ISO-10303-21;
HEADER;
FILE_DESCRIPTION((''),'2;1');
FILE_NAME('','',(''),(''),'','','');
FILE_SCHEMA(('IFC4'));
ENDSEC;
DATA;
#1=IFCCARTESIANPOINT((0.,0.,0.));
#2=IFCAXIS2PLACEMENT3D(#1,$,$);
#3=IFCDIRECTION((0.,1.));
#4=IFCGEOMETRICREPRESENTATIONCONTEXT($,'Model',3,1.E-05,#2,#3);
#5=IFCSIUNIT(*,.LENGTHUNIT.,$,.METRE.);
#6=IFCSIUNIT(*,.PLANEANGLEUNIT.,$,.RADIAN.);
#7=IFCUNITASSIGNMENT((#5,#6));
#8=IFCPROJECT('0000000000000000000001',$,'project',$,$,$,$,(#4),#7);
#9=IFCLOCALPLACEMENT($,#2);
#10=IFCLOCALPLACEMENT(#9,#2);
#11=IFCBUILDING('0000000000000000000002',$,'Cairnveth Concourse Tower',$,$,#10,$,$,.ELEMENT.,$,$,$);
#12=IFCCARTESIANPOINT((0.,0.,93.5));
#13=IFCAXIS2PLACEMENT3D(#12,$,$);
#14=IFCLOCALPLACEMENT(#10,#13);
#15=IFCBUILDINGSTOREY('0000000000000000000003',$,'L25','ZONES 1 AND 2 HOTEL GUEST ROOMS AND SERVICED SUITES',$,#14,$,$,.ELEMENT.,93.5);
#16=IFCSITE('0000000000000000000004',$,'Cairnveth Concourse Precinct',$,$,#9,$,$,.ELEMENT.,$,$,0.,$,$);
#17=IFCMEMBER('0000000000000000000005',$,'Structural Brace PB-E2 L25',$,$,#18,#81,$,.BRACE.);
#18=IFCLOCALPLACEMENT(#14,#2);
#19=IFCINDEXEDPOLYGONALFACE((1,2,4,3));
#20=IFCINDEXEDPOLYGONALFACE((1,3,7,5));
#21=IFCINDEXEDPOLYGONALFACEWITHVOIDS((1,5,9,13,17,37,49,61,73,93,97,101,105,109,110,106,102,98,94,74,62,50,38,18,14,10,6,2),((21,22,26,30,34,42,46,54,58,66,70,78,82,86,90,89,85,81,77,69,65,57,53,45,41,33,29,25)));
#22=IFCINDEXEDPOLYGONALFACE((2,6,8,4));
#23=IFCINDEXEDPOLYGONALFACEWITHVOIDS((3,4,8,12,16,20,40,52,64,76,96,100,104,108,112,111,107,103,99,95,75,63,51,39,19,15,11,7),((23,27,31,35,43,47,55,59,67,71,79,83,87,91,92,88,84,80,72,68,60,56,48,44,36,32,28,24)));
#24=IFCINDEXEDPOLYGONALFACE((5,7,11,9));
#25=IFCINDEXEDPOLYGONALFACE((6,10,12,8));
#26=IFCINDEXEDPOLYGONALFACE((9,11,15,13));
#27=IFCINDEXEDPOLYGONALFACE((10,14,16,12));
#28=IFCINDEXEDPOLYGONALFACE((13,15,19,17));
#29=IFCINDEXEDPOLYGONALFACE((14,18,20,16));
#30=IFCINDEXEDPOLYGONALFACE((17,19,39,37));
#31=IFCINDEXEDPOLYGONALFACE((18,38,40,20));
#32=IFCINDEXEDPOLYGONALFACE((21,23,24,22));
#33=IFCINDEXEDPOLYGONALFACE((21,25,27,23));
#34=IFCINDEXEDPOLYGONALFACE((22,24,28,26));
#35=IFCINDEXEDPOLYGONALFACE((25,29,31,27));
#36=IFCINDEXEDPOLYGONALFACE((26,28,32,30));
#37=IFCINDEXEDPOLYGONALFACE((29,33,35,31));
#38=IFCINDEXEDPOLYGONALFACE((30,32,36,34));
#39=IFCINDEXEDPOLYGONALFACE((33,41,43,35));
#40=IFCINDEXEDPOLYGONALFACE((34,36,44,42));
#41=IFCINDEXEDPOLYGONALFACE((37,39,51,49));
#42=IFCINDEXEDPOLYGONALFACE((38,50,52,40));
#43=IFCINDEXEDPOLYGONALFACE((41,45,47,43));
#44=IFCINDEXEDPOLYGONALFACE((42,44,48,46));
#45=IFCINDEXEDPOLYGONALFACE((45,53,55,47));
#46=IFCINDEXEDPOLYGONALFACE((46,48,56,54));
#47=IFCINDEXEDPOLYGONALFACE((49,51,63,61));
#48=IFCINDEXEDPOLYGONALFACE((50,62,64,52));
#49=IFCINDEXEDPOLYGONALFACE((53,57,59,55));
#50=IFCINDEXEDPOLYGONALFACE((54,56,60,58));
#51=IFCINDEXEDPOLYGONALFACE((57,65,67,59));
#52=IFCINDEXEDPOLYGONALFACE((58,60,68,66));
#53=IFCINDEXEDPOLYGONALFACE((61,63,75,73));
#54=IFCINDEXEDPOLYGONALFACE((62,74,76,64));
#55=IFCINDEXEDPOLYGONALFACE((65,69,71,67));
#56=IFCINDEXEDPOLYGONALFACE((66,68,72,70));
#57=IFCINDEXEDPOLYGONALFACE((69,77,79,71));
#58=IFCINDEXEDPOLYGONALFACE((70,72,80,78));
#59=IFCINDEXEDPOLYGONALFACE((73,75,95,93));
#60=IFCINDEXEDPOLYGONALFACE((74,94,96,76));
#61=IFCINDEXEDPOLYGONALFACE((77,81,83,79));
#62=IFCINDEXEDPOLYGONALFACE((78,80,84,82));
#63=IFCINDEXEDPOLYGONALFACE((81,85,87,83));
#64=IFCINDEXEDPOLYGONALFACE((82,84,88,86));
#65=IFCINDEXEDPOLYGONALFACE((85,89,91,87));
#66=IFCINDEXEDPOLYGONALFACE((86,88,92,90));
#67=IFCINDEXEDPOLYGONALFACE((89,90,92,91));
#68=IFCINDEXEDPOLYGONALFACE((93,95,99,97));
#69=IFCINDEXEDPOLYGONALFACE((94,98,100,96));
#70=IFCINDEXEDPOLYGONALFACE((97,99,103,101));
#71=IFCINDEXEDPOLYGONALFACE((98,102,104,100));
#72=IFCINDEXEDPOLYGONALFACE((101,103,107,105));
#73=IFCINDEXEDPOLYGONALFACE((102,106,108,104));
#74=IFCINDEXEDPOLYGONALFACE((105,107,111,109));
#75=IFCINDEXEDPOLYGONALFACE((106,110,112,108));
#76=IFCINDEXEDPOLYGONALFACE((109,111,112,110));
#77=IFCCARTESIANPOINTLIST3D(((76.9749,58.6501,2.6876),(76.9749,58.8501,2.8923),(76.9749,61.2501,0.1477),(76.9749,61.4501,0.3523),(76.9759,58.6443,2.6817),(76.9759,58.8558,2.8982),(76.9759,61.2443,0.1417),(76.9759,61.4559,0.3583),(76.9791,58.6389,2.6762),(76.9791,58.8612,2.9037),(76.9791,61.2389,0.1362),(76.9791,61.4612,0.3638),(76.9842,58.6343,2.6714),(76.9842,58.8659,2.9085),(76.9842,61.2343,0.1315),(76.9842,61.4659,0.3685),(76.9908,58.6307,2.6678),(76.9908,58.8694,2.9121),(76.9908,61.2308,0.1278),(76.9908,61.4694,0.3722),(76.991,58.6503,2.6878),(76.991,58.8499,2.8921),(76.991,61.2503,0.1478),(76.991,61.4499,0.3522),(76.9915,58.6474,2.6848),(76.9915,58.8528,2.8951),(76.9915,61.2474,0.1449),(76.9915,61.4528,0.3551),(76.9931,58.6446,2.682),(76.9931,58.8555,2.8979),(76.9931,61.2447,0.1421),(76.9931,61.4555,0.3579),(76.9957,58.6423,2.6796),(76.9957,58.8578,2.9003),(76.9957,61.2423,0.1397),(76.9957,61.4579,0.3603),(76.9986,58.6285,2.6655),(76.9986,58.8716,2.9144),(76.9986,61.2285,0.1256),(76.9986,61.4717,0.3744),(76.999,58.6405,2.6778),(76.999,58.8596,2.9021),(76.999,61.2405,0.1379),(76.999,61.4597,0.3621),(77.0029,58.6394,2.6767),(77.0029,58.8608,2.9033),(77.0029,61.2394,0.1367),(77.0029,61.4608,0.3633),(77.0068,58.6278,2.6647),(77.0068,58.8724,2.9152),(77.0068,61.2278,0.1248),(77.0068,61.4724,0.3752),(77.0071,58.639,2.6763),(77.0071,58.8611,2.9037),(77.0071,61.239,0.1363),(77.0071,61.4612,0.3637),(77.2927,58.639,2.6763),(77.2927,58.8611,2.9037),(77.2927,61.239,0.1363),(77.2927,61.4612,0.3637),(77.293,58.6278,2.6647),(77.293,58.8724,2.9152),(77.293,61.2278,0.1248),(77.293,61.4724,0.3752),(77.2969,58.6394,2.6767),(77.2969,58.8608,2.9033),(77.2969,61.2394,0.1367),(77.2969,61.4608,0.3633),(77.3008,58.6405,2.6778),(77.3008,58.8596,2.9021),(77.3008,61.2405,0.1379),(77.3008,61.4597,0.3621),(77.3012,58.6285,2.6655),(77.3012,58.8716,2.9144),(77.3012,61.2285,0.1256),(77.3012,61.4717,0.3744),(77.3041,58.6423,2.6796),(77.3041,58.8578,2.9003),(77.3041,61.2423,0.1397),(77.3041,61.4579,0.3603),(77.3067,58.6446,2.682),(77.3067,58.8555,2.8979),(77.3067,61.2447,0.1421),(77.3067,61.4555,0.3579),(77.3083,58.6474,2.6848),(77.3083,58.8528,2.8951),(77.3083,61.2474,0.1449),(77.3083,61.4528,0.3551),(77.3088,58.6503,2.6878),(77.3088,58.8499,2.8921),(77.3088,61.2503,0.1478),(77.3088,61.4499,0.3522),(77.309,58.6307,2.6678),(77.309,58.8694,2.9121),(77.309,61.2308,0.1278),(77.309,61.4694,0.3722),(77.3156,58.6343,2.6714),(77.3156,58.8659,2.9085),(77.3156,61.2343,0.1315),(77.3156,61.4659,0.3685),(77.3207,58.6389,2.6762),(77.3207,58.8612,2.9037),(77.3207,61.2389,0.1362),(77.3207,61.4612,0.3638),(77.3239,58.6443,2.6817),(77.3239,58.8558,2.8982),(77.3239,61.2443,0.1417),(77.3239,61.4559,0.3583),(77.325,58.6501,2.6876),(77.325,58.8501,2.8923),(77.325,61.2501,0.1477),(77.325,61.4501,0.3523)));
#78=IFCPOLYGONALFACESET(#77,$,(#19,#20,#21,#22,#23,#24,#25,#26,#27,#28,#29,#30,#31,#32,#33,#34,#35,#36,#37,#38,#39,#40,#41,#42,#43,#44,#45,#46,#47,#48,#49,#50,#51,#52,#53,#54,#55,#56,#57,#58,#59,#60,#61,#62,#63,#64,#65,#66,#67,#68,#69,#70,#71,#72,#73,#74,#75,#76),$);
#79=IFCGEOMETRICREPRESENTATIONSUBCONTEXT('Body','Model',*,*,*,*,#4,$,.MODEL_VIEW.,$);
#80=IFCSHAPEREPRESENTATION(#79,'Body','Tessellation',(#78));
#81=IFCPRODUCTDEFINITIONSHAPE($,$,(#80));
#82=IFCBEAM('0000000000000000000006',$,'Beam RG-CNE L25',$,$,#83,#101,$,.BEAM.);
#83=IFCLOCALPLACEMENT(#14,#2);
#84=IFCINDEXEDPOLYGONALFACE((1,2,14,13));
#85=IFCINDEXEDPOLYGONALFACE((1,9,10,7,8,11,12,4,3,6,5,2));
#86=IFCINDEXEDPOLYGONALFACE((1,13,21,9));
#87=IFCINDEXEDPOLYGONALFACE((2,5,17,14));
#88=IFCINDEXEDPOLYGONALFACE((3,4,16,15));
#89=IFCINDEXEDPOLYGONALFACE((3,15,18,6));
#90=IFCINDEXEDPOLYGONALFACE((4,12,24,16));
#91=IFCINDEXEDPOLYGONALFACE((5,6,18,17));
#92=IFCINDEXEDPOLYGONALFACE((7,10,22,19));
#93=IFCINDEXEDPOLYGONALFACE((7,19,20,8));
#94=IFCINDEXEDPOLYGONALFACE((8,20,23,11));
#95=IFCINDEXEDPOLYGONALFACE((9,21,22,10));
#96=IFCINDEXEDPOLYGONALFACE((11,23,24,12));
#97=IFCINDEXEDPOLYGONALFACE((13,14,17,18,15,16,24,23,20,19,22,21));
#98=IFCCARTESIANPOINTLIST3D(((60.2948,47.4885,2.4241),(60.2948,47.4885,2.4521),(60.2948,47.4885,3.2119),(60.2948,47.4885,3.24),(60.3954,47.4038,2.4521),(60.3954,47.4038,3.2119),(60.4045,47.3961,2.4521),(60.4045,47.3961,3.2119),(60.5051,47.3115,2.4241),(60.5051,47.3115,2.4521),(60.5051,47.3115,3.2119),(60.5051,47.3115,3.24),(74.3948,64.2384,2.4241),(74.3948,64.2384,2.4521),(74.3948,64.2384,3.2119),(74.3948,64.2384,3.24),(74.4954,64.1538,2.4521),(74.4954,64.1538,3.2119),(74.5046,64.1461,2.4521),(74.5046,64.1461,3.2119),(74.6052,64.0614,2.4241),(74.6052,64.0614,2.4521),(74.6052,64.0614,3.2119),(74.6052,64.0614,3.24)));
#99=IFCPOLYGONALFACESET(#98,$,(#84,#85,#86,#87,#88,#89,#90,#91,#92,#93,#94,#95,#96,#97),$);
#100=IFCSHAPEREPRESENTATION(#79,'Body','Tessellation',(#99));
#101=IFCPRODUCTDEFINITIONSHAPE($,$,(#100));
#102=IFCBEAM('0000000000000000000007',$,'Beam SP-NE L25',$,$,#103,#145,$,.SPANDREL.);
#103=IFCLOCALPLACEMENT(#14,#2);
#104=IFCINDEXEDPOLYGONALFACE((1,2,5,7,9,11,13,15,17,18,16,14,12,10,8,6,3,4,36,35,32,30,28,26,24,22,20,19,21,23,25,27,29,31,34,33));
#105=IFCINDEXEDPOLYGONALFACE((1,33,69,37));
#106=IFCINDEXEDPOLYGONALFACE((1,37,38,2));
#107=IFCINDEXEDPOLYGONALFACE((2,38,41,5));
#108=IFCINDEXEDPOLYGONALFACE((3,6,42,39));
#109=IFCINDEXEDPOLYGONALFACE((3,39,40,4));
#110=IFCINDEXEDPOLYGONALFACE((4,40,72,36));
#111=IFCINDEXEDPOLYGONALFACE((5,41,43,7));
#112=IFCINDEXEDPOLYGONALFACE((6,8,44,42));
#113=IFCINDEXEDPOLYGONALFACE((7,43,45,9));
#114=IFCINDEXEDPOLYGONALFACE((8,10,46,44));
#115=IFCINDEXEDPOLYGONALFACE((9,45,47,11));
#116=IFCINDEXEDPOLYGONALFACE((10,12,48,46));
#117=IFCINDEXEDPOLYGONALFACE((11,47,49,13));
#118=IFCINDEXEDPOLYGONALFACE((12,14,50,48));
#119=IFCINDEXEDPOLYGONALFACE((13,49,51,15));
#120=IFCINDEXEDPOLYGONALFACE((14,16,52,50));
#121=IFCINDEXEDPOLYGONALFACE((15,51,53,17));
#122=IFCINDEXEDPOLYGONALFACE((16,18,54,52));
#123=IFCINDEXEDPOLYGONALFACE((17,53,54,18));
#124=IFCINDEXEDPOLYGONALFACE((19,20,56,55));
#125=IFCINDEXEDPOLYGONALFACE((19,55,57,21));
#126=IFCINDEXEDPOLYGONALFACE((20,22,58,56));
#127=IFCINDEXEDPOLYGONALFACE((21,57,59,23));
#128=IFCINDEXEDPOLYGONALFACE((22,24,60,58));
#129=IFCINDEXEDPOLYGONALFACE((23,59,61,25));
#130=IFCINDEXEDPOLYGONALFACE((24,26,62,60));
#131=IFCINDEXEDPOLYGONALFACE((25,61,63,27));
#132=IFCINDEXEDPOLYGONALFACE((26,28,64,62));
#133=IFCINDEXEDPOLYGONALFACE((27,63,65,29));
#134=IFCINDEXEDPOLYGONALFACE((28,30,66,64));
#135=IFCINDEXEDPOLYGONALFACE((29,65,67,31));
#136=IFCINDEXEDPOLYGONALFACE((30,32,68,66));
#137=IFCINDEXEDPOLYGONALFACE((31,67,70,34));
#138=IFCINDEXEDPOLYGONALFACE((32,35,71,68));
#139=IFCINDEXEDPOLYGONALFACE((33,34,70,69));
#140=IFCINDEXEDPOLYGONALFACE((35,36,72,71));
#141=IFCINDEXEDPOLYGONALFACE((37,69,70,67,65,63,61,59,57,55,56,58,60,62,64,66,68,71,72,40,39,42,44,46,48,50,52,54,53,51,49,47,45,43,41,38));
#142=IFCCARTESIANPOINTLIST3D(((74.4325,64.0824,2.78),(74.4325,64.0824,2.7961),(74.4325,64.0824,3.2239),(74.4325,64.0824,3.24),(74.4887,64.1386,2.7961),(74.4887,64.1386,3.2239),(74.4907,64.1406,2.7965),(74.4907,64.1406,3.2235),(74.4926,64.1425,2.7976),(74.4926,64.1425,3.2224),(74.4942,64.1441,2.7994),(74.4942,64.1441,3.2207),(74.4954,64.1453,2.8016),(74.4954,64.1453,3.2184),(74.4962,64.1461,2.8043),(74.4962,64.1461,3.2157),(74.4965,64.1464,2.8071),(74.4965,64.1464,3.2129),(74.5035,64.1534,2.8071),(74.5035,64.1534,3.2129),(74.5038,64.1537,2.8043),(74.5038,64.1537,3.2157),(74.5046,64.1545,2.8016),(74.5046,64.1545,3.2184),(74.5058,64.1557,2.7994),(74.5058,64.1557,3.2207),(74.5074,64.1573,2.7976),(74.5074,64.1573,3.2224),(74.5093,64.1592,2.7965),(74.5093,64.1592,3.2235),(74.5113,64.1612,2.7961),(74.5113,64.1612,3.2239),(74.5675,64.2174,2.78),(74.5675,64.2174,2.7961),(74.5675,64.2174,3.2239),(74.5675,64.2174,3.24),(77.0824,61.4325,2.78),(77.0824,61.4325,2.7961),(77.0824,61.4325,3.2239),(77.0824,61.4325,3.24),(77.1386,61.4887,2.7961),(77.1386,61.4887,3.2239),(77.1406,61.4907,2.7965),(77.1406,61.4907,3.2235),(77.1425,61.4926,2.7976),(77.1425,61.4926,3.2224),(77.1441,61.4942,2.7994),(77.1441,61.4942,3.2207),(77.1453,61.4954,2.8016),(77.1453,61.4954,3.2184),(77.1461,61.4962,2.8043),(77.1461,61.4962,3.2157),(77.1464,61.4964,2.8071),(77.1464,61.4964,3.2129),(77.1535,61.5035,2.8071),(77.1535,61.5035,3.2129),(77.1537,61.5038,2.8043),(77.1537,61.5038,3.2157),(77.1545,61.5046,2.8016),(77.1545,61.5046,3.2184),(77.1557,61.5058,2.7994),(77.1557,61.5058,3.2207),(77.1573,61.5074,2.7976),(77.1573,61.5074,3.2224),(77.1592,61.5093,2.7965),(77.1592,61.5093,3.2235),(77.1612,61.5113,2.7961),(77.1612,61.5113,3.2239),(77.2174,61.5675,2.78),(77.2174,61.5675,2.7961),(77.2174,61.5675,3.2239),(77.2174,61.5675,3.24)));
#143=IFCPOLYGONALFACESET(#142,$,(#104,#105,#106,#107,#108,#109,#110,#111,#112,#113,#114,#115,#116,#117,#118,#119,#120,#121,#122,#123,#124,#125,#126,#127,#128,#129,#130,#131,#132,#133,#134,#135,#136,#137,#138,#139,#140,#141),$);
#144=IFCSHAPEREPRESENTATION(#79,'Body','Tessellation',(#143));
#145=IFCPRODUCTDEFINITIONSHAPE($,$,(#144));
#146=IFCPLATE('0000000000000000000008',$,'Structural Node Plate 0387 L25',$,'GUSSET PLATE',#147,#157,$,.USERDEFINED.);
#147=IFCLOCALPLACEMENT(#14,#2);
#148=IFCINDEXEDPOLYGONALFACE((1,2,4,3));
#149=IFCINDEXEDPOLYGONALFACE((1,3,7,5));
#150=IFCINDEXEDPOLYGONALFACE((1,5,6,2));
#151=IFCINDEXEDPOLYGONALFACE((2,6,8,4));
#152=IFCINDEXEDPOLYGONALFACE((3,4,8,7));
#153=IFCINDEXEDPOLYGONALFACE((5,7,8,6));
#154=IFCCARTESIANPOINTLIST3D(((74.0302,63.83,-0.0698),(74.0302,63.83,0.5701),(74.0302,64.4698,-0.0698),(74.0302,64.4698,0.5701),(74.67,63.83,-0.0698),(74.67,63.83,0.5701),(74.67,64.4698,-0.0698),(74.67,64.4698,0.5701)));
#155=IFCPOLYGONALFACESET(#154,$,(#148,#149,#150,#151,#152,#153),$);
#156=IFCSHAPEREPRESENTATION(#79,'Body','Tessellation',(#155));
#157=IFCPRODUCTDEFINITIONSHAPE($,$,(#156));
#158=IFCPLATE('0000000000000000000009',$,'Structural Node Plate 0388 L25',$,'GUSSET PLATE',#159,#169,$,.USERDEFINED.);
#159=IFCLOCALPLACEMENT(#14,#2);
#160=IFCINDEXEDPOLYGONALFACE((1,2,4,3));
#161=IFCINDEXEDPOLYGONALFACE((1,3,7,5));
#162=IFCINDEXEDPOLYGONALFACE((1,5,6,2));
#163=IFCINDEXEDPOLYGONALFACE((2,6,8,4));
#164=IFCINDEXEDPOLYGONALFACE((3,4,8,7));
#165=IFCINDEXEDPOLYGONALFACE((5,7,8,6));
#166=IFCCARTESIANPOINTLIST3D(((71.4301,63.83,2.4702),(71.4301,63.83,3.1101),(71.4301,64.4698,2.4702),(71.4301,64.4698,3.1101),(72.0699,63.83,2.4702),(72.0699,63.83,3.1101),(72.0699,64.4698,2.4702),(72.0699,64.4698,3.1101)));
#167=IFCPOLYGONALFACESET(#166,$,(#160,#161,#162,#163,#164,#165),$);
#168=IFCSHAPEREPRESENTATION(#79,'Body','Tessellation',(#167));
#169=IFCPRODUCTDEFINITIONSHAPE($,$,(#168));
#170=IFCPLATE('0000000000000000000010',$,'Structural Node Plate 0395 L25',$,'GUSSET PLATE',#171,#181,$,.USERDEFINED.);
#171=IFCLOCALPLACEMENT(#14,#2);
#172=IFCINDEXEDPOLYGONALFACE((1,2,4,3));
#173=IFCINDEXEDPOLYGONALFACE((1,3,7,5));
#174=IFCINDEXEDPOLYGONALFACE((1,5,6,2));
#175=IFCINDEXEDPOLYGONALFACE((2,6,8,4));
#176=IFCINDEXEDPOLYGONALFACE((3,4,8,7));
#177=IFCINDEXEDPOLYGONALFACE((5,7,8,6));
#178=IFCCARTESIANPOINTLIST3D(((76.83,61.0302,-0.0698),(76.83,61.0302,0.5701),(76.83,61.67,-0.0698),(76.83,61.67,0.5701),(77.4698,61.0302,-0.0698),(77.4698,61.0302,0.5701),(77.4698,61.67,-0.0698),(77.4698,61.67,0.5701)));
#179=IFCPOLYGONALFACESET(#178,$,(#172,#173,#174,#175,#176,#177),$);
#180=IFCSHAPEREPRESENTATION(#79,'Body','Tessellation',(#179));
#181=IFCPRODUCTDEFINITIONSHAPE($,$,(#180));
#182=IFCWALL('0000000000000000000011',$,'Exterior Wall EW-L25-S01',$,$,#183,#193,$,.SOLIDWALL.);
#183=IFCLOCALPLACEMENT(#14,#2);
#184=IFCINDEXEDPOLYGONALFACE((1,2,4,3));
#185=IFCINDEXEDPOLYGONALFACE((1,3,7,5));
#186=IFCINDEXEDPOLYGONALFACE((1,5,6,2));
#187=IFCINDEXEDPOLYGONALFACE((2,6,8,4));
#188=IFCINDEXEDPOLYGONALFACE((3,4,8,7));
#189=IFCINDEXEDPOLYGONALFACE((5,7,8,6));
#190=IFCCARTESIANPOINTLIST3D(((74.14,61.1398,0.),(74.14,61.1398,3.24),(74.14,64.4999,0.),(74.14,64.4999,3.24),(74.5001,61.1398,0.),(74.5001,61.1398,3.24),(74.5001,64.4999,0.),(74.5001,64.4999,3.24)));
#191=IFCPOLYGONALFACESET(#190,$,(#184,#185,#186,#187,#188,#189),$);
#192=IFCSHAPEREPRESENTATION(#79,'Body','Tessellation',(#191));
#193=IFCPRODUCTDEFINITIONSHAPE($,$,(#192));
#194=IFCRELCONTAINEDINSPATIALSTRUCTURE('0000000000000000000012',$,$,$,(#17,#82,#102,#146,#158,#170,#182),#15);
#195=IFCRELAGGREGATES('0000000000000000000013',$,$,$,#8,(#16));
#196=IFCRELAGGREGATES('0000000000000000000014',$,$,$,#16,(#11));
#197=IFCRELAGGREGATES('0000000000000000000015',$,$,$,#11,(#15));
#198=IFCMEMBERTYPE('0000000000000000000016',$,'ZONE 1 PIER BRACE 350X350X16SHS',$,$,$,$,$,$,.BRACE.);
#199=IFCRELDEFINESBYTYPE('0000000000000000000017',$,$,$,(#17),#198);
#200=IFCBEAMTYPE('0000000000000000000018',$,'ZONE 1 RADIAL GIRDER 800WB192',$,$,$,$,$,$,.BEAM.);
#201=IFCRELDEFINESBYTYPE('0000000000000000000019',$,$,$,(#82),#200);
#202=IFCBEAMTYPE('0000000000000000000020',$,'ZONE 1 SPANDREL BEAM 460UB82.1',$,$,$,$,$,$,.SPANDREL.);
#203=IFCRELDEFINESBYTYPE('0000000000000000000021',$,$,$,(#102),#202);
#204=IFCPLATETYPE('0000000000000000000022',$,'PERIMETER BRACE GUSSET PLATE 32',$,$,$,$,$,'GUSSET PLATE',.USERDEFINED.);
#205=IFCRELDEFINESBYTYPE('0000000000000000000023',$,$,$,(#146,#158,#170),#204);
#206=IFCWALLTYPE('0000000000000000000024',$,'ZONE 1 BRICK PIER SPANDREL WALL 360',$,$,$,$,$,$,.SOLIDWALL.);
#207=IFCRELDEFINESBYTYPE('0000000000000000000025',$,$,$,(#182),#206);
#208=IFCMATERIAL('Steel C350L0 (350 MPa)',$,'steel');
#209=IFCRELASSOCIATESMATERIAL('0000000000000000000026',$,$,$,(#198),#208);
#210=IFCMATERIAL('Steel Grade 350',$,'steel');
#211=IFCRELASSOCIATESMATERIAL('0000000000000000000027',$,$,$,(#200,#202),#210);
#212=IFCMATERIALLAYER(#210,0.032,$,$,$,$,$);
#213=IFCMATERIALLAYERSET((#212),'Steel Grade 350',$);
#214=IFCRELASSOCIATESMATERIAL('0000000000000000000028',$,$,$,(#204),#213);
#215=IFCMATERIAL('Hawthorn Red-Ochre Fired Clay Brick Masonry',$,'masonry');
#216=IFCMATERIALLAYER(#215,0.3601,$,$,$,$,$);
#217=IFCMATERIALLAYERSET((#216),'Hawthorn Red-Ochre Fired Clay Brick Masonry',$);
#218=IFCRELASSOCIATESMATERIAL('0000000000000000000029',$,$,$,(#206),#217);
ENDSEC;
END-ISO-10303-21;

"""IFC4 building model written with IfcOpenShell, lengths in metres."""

from ifc_helpers import new_model, si_unit, direction, frame, frame_2d, origin, origin_2d, place, context, subcontext, project, spatial, rectangle, hollow_rectangle, i_section, extrude, material, layer, layer_set, material_profile, profile_set, type_object, element, save


model = new_model("IFC4")

# Units and contexts
model_context = context("Model", 3, precision=1e-05, world=origin(), true_north=direction((0.0, 1.0)))
body_context = subcontext(model_context, "Body", "Model", "MODEL_VIEW")
ifc_project = project(units=[si_unit("LENGTHUNIT", "METRE"), si_unit("PLANEANGLEUNIT", "RADIAN")], contexts=[model_context])

# Site, building, storey
site_placement = place(None, origin())
site = spatial("IfcSite", under=ifc_project, at=site_placement, Name="Cairnveth Concourse Precinct", CompositionType="ELEMENT", RefElevation=0.0)
building_placement = place(site_placement, origin())
building = spatial("IfcBuilding", under=site, at=building_placement, Name="Cairnveth Concourse Tower", CompositionType="ELEMENT")
storey_placement = place(building_placement, frame((0.0, 0.0, 93.5)))
storey = spatial("IfcBuildingStorey", under=building, at=storey_placement, Name="L25", Description="ZONES 1 AND 2 HOTEL GUEST ROOMS AND SERVICED SUITES", CompositionType="ELEMENT", Elevation=93.5)

# Shared definitions
ifc_material_1 = material(Name="Steel Grade 350", Category="steel")

# Member
ifc_material_2 = material(Name="Steel C350L0 (350 MPa)", Category="steel")
ifc_material_profile_1 = material_profile(ifc_material_2, hollow_rectangle(XDim=0.3501, YDim=0.3501, WallThickness=0.0161, InnerFilletRadius=0.0161, OuterFilletRadius=0.032, at=origin_2d()), Name="350x350x16.0SHS")
ifc_profile_set_1 = profile_set([ifc_material_profile_1], Name="Steel C350L0 (350 MPa)")
member_type = type_object("IfcMemberType", Name="ZONE 1 PIER BRACE 350X350X16SHS", PredefinedType="BRACE", material=ifc_profile_set_1)
for number, where, z_axis, x_axis, name in (
    (1, (77.1499, 61.3501, 0.25), (0.0, -0.71532, 0.698797), (1.0, 0.0, 0.0), "Structural Brace PB-E2 L25"),
):
    element("IfcMember", number, at=place(storey_placement, frame(where, z_axis=z_axis, x_axis=x_axis)), inside=storey, type_object=member_type, Name=name, PredefinedType="BRACE", context=body_context, shape_type="SweptSolid", body=[
        extrude(hollow_rectangle(XDim=0.3501, YDim=0.3501, WallThickness=0.0161, InnerFilletRadius=0.0161, OuterFilletRadius=0.032, at=origin_2d()), origin(), (0.0, 0.0, 1.0), 3.6348),
    ])

# Beams
ifc_material_profile_2 = material_profile(ifc_material_1, i_section(OverallWidth=0.2749, OverallDepth=0.8159, WebThickness=0.012, FlangeThickness=0.0281, at=origin_2d()), Name="800WB192")
ifc_profile_set_2 = profile_set([ifc_material_profile_2], Name="Steel Grade 350")
beam_type_1 = type_object("IfcBeamType", Name="ZONE 1 RADIAL GIRDER 800WB192", PredefinedType="BEAM", material=ifc_profile_set_2)
beam_1_placement = place(storey_placement, frame((74.5, 64.1499, 2.832), z_axis=(-0.643998, -0.765027, 0.0), x_axis=(0.765027, -0.643998, 0.0)))
element("IfcBeam", 2, at=beam_1_placement, inside=storey, type_object=beam_type_1, Name="Beam RG-CNE L25", PredefinedType="BEAM", context=body_context, shape_type="SweptSolid", body=[
    extrude(i_section(OverallWidth=0.2749, OverallDepth=0.8159, WebThickness=0.012, FlangeThickness=0.0281, at=origin_2d()), origin(), (0.0, 0.0, 1.0), 21.8945),
])
ifc_material_profile_3 = material_profile(ifc_material_1, i_section(OverallWidth=0.1909, OverallDepth=0.46, WebThickness=0.01, FlangeThickness=0.0161, FilletRadius=0.011, at=origin_2d()), Name="460UB82.1")
ifc_profile_set_3 = profile_set([ifc_material_profile_3], Name="Steel Grade 350")
beam_type_2 = type_object("IfcBeamType", Name="ZONE 1 SPANDREL BEAM 460UB82.1", PredefinedType="SPANDREL", material=ifc_profile_set_3)
beam_2_placement = place(storey_placement, frame((74.5, 64.1499, 3.01), z_axis=(0.707107, -0.707107, 0.0), x_axis=(0.707107, 0.707107, 0.0)))
element("IfcBeam", 3, at=beam_2_placement, inside=storey, type_object=beam_type_2, Name="Beam SP-NE L25", PredefinedType="SPANDREL", context=body_context, shape_type="SweptSolid", body=[
    extrude(i_section(OverallWidth=0.1909, OverallDepth=0.46, WebThickness=0.01, FlangeThickness=0.0161, FilletRadius=0.011, at=origin_2d()), origin(), (0.0, 0.0, 1.0), 3.7476),
])

# Plates
ifc_layer_1 = layer(ifc_material_1, 0.032)
ifc_layer_set_1 = layer_set([ifc_layer_1], Name="Steel Grade 350")
plate_type = type_object("IfcPlateType", Name="PERIMETER BRACE GUSSET PLATE 32", ElementType="GUSSET PLATE", PredefinedType="USERDEFINED", material=ifc_layer_set_1)
for number, where, z_axis, x_axis, name in (
    (4, (74.3501, 64.1499, -0.0698), (0.0, 0.0, 1.0), (1.0, 0.0, 0.0), "Structural Node Plate 0387 L25"),
    (5, (71.75, 64.1499, 2.4702), (0.0, 0.0, 1.0), (1.0, 0.0, 0.0), "Structural Node Plate 0388 L25"),
    (6, (77.1499, 61.3501, -0.0698), (0.0, 0.0, 1.0), (1.0, 0.0, 0.0), "Structural Node Plate 0395 L25"),
):
    element("IfcPlate", number, at=place(storey_placement, frame(where, z_axis=z_axis, x_axis=x_axis)), inside=storey, type_object=plate_type, Name=name, ObjectType="GUSSET PLATE", PredefinedType="USERDEFINED", context=body_context, shape_type="SweptSolid", body=[
        extrude(rectangle(XDim=0.6399, YDim=0.6399, at=origin_2d()), origin(), (0.0, 0.0, 1.0), 0.6399),
    ])

# Wall
ifc_material_3 = material(Name="Hawthorn Red-Ochre Fired Clay Brick Masonry", Category="masonry")
ifc_layer_2 = layer(ifc_material_3, 0.3601)
ifc_layer_set_2 = layer_set([ifc_layer_2], Name="Hawthorn Red-Ochre Fired Clay Brick Masonry")
wall_type = type_object("IfcWallType", Name="ZONE 1 BRICK PIER SPANDREL WALL 360", PredefinedType="SOLIDWALL", material=ifc_layer_set_2)
wall_1_placement = place(storey_placement, frame((74.3201, 64.5, 0.0), z_axis=(0.0, 0.0, 1.0), x_axis=(0.0, -1.0, 0.0)))
element("IfcWall", 7, at=wall_1_placement, inside=storey, type_object=wall_type, Name="Exterior Wall EW-L25-S01", PredefinedType="SOLIDWALL", context=body_context, shape_type="SweptSolid", body=[
    extrude(rectangle(XDim=3.3601, YDim=0.3601, at=frame_2d((1.6802, 0.0))), origin(), (0.0, 0.0, 1.0), 3.24),
])

save(model, "model.ifc")
